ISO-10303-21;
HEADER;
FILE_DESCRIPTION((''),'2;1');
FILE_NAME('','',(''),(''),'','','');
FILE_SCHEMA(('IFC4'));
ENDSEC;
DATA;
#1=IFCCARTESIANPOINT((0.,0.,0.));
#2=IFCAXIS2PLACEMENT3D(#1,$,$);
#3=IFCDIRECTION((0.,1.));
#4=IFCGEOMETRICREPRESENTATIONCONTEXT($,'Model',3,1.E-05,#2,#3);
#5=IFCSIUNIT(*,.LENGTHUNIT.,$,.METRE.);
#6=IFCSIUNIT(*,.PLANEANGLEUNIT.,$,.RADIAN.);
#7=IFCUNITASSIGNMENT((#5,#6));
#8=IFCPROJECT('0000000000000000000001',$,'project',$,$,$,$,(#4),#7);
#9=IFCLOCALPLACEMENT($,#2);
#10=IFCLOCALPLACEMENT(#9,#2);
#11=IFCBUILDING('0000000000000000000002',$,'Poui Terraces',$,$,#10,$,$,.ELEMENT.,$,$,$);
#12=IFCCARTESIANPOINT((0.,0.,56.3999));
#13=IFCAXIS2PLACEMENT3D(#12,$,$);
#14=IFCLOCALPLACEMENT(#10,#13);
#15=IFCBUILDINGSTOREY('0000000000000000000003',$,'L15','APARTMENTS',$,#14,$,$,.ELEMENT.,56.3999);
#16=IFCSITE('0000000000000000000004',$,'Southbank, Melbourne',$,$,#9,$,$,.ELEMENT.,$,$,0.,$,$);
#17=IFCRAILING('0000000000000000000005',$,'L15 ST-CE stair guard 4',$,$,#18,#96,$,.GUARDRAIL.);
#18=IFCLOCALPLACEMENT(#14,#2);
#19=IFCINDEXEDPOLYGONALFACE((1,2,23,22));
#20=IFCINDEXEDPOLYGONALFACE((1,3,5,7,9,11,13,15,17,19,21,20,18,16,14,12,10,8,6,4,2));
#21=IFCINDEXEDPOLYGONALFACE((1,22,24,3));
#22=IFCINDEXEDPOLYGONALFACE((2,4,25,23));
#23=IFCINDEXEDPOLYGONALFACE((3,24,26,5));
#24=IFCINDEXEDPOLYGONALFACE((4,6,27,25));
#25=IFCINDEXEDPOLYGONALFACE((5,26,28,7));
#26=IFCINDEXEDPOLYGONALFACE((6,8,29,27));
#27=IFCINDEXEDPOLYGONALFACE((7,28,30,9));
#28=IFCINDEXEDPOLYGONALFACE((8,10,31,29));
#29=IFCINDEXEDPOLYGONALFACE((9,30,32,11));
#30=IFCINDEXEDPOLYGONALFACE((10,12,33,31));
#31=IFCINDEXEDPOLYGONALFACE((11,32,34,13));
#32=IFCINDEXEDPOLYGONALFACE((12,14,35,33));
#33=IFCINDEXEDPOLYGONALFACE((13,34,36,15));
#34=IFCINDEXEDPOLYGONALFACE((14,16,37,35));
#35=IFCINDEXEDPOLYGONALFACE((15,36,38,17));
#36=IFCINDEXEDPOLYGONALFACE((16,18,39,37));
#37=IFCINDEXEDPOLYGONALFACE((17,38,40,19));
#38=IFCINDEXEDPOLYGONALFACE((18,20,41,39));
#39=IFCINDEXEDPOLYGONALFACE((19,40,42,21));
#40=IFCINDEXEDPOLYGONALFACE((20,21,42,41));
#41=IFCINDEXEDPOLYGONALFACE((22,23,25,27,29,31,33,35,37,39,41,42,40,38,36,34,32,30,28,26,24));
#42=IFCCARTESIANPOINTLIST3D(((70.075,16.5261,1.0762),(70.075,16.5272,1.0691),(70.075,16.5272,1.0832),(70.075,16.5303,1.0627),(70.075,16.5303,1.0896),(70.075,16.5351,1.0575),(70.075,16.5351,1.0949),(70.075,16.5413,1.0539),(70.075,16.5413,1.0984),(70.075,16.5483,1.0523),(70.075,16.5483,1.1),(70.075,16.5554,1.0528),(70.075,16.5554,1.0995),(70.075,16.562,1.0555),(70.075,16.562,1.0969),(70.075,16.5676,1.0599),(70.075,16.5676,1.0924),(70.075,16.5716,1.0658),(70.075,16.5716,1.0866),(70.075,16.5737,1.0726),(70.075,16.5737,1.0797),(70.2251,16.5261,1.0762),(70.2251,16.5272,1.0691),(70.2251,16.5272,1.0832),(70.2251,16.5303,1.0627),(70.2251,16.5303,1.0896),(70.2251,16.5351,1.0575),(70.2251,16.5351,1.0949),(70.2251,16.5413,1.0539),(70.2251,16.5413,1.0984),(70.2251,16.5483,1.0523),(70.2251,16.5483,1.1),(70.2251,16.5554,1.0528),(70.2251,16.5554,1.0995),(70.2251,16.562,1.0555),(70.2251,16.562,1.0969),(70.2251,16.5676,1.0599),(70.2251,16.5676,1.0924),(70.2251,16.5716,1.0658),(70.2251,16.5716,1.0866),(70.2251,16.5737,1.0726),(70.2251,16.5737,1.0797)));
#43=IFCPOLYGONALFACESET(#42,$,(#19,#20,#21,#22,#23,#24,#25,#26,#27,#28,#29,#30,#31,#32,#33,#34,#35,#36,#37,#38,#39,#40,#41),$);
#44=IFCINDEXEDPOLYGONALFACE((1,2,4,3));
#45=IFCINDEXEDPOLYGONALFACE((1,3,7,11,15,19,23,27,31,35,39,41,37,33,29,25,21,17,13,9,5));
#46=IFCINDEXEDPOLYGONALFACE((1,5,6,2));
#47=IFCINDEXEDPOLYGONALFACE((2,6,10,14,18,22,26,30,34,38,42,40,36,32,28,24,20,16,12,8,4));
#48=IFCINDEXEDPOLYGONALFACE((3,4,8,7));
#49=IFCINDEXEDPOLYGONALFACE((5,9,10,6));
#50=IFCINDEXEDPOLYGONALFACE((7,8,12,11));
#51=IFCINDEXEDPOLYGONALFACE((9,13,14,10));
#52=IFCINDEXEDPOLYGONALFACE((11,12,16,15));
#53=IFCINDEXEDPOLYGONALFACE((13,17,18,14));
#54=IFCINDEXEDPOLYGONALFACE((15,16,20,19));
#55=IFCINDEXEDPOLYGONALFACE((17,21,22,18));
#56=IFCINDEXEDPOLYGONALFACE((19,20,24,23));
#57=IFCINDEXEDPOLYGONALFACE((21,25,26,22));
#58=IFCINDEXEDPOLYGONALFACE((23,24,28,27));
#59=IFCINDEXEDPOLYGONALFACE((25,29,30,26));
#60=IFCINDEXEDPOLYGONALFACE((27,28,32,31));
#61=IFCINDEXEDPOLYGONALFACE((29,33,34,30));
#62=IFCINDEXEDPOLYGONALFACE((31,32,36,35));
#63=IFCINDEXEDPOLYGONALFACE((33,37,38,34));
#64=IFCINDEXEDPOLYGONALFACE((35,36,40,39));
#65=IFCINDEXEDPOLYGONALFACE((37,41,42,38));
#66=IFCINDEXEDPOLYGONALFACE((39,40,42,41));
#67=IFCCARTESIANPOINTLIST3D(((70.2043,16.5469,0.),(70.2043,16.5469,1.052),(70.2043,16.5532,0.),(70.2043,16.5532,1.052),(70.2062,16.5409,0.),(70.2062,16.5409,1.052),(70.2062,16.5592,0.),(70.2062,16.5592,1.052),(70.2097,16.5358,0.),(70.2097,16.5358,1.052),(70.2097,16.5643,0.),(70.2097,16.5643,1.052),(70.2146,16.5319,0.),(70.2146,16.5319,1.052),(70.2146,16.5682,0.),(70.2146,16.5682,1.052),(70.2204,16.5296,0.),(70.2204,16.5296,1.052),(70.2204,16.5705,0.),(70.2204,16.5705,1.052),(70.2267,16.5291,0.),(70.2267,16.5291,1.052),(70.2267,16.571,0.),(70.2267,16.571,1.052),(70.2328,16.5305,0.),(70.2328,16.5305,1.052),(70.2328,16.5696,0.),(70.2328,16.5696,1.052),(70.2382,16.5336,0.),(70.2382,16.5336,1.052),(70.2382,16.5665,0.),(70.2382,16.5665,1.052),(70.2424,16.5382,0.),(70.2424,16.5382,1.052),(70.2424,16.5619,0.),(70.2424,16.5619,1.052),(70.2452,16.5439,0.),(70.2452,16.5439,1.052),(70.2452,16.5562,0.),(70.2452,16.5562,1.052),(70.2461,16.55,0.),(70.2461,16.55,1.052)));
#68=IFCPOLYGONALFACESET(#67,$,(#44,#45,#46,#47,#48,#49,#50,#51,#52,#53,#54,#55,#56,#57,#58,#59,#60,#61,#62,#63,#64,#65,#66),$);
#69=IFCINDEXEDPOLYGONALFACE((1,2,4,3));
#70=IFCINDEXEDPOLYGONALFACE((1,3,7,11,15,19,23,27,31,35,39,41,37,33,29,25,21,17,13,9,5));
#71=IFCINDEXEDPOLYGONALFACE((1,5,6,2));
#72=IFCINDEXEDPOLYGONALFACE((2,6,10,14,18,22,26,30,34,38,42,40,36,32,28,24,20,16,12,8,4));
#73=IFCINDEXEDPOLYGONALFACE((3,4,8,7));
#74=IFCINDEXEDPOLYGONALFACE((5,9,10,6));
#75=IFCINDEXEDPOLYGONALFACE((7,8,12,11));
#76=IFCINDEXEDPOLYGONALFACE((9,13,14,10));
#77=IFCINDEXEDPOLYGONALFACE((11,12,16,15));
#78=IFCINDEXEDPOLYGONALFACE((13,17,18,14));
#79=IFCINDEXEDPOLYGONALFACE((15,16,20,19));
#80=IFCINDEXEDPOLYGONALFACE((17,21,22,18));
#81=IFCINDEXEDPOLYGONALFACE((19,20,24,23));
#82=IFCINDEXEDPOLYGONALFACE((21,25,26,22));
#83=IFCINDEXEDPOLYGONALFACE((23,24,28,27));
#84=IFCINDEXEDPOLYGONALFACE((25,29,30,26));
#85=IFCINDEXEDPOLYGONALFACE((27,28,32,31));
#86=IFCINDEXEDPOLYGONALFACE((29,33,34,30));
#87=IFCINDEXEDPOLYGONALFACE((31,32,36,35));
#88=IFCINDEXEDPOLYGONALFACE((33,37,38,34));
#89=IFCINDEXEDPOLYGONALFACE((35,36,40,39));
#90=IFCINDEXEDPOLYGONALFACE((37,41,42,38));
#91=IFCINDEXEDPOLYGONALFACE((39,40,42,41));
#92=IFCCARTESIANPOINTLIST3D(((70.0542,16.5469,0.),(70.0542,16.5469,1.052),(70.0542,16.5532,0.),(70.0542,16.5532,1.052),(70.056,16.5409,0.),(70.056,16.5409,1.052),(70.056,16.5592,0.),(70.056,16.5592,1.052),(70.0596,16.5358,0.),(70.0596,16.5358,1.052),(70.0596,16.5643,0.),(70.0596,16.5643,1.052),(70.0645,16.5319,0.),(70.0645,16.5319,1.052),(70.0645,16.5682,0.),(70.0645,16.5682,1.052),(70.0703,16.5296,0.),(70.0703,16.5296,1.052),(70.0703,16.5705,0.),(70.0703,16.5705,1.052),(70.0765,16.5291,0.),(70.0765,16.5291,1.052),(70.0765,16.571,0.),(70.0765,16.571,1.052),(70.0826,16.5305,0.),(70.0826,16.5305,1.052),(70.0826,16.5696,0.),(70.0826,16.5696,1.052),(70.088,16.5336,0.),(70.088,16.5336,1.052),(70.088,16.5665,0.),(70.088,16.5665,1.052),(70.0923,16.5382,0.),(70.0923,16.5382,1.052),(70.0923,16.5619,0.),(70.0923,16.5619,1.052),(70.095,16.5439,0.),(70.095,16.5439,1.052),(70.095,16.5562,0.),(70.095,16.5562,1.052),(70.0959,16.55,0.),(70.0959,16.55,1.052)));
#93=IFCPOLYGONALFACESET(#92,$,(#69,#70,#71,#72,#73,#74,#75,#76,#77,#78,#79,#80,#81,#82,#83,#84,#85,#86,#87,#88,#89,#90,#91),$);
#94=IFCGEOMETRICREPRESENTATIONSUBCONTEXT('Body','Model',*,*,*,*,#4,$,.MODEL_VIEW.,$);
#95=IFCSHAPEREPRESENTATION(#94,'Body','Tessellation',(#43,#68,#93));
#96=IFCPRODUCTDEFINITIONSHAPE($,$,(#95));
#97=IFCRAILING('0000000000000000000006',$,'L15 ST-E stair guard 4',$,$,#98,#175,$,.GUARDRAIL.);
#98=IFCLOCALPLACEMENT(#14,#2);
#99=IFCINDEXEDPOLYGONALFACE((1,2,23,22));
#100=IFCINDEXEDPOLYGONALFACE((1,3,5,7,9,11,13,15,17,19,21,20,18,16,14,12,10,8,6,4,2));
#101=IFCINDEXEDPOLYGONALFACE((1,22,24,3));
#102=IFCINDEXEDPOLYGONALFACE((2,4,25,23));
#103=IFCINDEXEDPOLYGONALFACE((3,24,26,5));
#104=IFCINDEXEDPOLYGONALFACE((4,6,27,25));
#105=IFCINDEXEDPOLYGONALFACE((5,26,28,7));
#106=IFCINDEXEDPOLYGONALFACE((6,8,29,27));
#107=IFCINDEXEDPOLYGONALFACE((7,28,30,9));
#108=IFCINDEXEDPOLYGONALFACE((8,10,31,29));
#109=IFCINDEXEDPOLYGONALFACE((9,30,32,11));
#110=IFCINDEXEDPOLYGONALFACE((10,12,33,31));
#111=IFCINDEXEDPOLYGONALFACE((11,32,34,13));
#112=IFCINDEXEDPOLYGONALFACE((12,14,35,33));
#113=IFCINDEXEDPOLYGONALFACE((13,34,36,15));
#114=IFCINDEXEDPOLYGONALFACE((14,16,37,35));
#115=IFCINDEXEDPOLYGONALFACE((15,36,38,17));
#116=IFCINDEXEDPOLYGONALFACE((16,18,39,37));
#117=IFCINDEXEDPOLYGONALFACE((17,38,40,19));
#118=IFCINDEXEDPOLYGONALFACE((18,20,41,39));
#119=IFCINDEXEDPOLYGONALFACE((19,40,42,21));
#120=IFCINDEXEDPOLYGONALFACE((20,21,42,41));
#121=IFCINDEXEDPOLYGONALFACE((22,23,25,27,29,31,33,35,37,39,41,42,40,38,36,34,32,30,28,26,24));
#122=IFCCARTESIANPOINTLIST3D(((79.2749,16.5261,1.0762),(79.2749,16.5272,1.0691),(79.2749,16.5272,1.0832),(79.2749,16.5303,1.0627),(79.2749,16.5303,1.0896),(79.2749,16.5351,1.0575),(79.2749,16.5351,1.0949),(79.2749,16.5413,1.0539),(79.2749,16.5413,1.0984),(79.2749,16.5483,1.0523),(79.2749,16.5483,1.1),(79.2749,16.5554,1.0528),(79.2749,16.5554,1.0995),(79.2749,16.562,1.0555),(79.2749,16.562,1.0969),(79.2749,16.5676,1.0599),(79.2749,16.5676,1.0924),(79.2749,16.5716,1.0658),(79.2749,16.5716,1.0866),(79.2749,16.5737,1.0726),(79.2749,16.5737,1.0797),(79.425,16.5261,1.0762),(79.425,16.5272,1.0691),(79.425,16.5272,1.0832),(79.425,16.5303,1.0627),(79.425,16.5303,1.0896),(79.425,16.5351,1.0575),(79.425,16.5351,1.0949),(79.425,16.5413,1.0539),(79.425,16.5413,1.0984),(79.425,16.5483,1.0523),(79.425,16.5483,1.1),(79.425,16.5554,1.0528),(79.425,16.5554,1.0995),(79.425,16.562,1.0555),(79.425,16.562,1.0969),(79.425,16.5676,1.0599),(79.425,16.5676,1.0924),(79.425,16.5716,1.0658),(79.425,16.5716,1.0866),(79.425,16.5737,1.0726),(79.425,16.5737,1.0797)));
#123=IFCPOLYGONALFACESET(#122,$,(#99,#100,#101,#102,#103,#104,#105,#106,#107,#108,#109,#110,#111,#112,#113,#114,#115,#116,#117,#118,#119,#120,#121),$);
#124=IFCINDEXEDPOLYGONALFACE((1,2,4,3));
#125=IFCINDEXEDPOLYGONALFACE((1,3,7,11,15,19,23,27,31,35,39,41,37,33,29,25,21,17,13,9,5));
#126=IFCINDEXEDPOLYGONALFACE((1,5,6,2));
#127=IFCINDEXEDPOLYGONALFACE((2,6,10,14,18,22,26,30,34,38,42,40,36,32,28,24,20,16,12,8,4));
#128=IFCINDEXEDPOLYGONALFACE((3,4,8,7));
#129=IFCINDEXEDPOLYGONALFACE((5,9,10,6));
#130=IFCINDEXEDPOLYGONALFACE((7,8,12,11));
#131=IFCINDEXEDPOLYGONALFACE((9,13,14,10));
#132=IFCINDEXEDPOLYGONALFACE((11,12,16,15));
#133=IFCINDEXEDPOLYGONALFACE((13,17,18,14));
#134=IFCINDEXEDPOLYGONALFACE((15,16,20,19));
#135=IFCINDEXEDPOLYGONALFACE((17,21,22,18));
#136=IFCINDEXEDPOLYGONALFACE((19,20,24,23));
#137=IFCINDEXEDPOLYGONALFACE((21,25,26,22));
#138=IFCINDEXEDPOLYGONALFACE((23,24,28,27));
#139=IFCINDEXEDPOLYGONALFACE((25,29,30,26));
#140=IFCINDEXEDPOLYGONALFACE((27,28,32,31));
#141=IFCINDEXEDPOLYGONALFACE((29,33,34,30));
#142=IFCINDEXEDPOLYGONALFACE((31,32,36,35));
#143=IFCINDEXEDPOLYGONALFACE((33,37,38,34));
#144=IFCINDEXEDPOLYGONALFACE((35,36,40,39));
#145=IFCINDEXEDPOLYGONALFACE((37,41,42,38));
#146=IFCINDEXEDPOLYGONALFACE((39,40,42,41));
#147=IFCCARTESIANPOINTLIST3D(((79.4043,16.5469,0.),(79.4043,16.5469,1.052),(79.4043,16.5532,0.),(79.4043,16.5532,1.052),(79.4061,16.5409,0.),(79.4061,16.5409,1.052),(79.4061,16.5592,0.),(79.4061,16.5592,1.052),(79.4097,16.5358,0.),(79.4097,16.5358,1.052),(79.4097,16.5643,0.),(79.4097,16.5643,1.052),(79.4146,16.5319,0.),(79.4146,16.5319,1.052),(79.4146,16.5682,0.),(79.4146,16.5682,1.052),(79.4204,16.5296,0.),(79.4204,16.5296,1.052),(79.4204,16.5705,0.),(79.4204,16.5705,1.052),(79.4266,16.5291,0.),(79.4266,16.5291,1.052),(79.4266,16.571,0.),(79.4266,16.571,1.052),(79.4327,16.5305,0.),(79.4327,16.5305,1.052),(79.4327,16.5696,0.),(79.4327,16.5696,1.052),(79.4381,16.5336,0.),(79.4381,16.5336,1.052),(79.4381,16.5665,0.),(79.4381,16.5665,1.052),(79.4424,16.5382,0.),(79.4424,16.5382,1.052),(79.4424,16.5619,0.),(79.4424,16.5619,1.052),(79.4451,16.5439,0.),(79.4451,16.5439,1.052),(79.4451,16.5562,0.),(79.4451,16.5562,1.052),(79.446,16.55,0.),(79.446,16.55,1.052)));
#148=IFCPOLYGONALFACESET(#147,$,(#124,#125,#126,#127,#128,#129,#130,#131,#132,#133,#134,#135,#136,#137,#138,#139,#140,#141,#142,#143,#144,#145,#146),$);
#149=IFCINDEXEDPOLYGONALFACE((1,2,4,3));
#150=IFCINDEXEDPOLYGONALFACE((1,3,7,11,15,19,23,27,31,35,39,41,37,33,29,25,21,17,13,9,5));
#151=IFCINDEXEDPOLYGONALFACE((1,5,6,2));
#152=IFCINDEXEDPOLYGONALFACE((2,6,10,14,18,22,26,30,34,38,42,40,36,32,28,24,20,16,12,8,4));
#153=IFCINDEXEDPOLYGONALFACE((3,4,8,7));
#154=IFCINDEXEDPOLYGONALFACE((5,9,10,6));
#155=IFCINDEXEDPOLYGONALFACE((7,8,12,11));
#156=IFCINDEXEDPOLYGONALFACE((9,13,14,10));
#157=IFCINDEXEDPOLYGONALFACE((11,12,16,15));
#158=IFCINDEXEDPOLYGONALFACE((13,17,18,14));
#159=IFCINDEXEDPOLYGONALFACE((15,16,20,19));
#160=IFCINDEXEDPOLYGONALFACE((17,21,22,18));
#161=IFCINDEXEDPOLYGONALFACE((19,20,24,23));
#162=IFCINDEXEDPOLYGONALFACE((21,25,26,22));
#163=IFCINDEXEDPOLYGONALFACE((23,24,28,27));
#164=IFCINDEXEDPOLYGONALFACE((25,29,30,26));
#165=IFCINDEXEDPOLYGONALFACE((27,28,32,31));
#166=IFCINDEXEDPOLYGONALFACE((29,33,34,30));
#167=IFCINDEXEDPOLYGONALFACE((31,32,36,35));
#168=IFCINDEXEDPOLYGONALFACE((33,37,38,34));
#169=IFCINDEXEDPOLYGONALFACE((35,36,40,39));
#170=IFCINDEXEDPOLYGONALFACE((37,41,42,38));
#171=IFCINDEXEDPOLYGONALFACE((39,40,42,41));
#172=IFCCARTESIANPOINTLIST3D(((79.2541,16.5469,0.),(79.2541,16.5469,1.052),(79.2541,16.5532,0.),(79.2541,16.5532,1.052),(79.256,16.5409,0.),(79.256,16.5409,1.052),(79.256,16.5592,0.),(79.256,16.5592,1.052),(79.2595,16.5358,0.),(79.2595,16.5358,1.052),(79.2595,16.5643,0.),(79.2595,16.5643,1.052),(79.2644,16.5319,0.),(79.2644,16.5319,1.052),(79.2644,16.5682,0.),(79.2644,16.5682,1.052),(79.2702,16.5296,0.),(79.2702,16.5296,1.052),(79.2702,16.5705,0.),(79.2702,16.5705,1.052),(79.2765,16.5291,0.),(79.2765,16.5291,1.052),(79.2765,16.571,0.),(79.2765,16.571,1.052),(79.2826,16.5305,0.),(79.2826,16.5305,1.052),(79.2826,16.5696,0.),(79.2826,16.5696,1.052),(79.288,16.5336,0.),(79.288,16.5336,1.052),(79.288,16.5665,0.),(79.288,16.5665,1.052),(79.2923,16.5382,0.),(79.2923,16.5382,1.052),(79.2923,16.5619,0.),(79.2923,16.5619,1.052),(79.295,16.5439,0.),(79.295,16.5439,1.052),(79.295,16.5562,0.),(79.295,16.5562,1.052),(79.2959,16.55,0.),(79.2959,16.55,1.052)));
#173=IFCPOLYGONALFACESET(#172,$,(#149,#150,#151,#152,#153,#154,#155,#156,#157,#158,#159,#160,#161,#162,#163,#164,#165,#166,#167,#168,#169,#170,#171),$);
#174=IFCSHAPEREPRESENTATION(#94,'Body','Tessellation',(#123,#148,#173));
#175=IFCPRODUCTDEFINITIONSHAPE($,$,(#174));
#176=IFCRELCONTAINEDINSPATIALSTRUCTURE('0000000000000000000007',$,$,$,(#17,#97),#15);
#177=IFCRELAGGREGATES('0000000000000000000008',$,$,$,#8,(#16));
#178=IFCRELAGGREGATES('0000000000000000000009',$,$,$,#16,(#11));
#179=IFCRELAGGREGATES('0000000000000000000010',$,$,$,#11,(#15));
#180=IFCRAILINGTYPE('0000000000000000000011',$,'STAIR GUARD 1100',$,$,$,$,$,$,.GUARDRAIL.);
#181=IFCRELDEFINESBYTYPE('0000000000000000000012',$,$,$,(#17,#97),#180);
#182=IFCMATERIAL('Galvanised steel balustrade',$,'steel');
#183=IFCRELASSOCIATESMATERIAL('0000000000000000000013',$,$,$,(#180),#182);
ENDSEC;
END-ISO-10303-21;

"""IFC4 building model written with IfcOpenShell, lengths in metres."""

from ifc_helpers import new_model, si_unit, direction, frame, origin, origin_2d, place, context, subcontext, project, spatial, circle, extrude, material, type_object, element, save


model = new_model("IFC4")

# Units and contexts
model_context = context("Model", 3, precision=1e-05, world=origin(), true_north=direction((0.0, 1.0)))
body_context = subcontext(model_context, "Body", "Model", "MODEL_VIEW")
ifc_project = project(units=[si_unit("LENGTHUNIT", "METRE"), si_unit("PLANEANGLEUNIT", "RADIAN")], contexts=[model_context])

# Site, building, storey
site_placement = place(None, origin())
site = spatial("IfcSite", under=ifc_project, at=site_placement, Name="Southbank, Melbourne", CompositionType="ELEMENT", RefElevation=0.0)
building_placement = place(site_placement, origin())
building = spatial("IfcBuilding", under=site, at=building_placement, Name="Poui Terraces", CompositionType="ELEMENT")
storey_placement = place(building_placement, frame((0.0, 0.0, 56.3999)))
storey = spatial("IfcBuildingStorey", under=building, at=storey_placement, Name="L15", Description="APARTMENTS", CompositionType="ELEMENT", Elevation=56.3999)

# Railings
ifc_material_1 = material(Name="Galvanised steel balustrade", Category="steel")
railing_type_1 = type_object("IfcRailingType", Name="STAIR GUARD 1100", PredefinedType="GUARDRAIL", material=ifc_material_1)
for number, where, name in (
    (1, (70.2251, 16.55, 0.0), "L15 ST-CE stair guard 4"),
    (2, (79.425, 16.55, 0.0), "L15 ST-E stair guard 4"),
):
    element("IfcRailing", number, at=place(storey_placement, frame(where)), inside=storey, type_object=railing_type_1, Name=name, PredefinedType="GUARDRAIL", context=body_context, shape_type="SweptSolid", body=[
        extrude(circle(Radius=0.0239, at=origin_2d()), frame((0.0, 0.0, 1.0762), z_axis=(-1.0, 0.0, 0.0), x_axis=(0.0, -1.0, 0.0)), (0.0, 0.0, 1.0), 0.1501),
        extrude(circle(Radius=0.021, at=origin_2d()), origin(), (0.0, 0.0, 1.0), 1.052),
        extrude(circle(Radius=0.021, at=origin_2d()), frame((-0.1501, 0.0, 0.0)), (0.0, 0.0, 1.0), 1.052),
    ])

save(model, "model.ifc")
